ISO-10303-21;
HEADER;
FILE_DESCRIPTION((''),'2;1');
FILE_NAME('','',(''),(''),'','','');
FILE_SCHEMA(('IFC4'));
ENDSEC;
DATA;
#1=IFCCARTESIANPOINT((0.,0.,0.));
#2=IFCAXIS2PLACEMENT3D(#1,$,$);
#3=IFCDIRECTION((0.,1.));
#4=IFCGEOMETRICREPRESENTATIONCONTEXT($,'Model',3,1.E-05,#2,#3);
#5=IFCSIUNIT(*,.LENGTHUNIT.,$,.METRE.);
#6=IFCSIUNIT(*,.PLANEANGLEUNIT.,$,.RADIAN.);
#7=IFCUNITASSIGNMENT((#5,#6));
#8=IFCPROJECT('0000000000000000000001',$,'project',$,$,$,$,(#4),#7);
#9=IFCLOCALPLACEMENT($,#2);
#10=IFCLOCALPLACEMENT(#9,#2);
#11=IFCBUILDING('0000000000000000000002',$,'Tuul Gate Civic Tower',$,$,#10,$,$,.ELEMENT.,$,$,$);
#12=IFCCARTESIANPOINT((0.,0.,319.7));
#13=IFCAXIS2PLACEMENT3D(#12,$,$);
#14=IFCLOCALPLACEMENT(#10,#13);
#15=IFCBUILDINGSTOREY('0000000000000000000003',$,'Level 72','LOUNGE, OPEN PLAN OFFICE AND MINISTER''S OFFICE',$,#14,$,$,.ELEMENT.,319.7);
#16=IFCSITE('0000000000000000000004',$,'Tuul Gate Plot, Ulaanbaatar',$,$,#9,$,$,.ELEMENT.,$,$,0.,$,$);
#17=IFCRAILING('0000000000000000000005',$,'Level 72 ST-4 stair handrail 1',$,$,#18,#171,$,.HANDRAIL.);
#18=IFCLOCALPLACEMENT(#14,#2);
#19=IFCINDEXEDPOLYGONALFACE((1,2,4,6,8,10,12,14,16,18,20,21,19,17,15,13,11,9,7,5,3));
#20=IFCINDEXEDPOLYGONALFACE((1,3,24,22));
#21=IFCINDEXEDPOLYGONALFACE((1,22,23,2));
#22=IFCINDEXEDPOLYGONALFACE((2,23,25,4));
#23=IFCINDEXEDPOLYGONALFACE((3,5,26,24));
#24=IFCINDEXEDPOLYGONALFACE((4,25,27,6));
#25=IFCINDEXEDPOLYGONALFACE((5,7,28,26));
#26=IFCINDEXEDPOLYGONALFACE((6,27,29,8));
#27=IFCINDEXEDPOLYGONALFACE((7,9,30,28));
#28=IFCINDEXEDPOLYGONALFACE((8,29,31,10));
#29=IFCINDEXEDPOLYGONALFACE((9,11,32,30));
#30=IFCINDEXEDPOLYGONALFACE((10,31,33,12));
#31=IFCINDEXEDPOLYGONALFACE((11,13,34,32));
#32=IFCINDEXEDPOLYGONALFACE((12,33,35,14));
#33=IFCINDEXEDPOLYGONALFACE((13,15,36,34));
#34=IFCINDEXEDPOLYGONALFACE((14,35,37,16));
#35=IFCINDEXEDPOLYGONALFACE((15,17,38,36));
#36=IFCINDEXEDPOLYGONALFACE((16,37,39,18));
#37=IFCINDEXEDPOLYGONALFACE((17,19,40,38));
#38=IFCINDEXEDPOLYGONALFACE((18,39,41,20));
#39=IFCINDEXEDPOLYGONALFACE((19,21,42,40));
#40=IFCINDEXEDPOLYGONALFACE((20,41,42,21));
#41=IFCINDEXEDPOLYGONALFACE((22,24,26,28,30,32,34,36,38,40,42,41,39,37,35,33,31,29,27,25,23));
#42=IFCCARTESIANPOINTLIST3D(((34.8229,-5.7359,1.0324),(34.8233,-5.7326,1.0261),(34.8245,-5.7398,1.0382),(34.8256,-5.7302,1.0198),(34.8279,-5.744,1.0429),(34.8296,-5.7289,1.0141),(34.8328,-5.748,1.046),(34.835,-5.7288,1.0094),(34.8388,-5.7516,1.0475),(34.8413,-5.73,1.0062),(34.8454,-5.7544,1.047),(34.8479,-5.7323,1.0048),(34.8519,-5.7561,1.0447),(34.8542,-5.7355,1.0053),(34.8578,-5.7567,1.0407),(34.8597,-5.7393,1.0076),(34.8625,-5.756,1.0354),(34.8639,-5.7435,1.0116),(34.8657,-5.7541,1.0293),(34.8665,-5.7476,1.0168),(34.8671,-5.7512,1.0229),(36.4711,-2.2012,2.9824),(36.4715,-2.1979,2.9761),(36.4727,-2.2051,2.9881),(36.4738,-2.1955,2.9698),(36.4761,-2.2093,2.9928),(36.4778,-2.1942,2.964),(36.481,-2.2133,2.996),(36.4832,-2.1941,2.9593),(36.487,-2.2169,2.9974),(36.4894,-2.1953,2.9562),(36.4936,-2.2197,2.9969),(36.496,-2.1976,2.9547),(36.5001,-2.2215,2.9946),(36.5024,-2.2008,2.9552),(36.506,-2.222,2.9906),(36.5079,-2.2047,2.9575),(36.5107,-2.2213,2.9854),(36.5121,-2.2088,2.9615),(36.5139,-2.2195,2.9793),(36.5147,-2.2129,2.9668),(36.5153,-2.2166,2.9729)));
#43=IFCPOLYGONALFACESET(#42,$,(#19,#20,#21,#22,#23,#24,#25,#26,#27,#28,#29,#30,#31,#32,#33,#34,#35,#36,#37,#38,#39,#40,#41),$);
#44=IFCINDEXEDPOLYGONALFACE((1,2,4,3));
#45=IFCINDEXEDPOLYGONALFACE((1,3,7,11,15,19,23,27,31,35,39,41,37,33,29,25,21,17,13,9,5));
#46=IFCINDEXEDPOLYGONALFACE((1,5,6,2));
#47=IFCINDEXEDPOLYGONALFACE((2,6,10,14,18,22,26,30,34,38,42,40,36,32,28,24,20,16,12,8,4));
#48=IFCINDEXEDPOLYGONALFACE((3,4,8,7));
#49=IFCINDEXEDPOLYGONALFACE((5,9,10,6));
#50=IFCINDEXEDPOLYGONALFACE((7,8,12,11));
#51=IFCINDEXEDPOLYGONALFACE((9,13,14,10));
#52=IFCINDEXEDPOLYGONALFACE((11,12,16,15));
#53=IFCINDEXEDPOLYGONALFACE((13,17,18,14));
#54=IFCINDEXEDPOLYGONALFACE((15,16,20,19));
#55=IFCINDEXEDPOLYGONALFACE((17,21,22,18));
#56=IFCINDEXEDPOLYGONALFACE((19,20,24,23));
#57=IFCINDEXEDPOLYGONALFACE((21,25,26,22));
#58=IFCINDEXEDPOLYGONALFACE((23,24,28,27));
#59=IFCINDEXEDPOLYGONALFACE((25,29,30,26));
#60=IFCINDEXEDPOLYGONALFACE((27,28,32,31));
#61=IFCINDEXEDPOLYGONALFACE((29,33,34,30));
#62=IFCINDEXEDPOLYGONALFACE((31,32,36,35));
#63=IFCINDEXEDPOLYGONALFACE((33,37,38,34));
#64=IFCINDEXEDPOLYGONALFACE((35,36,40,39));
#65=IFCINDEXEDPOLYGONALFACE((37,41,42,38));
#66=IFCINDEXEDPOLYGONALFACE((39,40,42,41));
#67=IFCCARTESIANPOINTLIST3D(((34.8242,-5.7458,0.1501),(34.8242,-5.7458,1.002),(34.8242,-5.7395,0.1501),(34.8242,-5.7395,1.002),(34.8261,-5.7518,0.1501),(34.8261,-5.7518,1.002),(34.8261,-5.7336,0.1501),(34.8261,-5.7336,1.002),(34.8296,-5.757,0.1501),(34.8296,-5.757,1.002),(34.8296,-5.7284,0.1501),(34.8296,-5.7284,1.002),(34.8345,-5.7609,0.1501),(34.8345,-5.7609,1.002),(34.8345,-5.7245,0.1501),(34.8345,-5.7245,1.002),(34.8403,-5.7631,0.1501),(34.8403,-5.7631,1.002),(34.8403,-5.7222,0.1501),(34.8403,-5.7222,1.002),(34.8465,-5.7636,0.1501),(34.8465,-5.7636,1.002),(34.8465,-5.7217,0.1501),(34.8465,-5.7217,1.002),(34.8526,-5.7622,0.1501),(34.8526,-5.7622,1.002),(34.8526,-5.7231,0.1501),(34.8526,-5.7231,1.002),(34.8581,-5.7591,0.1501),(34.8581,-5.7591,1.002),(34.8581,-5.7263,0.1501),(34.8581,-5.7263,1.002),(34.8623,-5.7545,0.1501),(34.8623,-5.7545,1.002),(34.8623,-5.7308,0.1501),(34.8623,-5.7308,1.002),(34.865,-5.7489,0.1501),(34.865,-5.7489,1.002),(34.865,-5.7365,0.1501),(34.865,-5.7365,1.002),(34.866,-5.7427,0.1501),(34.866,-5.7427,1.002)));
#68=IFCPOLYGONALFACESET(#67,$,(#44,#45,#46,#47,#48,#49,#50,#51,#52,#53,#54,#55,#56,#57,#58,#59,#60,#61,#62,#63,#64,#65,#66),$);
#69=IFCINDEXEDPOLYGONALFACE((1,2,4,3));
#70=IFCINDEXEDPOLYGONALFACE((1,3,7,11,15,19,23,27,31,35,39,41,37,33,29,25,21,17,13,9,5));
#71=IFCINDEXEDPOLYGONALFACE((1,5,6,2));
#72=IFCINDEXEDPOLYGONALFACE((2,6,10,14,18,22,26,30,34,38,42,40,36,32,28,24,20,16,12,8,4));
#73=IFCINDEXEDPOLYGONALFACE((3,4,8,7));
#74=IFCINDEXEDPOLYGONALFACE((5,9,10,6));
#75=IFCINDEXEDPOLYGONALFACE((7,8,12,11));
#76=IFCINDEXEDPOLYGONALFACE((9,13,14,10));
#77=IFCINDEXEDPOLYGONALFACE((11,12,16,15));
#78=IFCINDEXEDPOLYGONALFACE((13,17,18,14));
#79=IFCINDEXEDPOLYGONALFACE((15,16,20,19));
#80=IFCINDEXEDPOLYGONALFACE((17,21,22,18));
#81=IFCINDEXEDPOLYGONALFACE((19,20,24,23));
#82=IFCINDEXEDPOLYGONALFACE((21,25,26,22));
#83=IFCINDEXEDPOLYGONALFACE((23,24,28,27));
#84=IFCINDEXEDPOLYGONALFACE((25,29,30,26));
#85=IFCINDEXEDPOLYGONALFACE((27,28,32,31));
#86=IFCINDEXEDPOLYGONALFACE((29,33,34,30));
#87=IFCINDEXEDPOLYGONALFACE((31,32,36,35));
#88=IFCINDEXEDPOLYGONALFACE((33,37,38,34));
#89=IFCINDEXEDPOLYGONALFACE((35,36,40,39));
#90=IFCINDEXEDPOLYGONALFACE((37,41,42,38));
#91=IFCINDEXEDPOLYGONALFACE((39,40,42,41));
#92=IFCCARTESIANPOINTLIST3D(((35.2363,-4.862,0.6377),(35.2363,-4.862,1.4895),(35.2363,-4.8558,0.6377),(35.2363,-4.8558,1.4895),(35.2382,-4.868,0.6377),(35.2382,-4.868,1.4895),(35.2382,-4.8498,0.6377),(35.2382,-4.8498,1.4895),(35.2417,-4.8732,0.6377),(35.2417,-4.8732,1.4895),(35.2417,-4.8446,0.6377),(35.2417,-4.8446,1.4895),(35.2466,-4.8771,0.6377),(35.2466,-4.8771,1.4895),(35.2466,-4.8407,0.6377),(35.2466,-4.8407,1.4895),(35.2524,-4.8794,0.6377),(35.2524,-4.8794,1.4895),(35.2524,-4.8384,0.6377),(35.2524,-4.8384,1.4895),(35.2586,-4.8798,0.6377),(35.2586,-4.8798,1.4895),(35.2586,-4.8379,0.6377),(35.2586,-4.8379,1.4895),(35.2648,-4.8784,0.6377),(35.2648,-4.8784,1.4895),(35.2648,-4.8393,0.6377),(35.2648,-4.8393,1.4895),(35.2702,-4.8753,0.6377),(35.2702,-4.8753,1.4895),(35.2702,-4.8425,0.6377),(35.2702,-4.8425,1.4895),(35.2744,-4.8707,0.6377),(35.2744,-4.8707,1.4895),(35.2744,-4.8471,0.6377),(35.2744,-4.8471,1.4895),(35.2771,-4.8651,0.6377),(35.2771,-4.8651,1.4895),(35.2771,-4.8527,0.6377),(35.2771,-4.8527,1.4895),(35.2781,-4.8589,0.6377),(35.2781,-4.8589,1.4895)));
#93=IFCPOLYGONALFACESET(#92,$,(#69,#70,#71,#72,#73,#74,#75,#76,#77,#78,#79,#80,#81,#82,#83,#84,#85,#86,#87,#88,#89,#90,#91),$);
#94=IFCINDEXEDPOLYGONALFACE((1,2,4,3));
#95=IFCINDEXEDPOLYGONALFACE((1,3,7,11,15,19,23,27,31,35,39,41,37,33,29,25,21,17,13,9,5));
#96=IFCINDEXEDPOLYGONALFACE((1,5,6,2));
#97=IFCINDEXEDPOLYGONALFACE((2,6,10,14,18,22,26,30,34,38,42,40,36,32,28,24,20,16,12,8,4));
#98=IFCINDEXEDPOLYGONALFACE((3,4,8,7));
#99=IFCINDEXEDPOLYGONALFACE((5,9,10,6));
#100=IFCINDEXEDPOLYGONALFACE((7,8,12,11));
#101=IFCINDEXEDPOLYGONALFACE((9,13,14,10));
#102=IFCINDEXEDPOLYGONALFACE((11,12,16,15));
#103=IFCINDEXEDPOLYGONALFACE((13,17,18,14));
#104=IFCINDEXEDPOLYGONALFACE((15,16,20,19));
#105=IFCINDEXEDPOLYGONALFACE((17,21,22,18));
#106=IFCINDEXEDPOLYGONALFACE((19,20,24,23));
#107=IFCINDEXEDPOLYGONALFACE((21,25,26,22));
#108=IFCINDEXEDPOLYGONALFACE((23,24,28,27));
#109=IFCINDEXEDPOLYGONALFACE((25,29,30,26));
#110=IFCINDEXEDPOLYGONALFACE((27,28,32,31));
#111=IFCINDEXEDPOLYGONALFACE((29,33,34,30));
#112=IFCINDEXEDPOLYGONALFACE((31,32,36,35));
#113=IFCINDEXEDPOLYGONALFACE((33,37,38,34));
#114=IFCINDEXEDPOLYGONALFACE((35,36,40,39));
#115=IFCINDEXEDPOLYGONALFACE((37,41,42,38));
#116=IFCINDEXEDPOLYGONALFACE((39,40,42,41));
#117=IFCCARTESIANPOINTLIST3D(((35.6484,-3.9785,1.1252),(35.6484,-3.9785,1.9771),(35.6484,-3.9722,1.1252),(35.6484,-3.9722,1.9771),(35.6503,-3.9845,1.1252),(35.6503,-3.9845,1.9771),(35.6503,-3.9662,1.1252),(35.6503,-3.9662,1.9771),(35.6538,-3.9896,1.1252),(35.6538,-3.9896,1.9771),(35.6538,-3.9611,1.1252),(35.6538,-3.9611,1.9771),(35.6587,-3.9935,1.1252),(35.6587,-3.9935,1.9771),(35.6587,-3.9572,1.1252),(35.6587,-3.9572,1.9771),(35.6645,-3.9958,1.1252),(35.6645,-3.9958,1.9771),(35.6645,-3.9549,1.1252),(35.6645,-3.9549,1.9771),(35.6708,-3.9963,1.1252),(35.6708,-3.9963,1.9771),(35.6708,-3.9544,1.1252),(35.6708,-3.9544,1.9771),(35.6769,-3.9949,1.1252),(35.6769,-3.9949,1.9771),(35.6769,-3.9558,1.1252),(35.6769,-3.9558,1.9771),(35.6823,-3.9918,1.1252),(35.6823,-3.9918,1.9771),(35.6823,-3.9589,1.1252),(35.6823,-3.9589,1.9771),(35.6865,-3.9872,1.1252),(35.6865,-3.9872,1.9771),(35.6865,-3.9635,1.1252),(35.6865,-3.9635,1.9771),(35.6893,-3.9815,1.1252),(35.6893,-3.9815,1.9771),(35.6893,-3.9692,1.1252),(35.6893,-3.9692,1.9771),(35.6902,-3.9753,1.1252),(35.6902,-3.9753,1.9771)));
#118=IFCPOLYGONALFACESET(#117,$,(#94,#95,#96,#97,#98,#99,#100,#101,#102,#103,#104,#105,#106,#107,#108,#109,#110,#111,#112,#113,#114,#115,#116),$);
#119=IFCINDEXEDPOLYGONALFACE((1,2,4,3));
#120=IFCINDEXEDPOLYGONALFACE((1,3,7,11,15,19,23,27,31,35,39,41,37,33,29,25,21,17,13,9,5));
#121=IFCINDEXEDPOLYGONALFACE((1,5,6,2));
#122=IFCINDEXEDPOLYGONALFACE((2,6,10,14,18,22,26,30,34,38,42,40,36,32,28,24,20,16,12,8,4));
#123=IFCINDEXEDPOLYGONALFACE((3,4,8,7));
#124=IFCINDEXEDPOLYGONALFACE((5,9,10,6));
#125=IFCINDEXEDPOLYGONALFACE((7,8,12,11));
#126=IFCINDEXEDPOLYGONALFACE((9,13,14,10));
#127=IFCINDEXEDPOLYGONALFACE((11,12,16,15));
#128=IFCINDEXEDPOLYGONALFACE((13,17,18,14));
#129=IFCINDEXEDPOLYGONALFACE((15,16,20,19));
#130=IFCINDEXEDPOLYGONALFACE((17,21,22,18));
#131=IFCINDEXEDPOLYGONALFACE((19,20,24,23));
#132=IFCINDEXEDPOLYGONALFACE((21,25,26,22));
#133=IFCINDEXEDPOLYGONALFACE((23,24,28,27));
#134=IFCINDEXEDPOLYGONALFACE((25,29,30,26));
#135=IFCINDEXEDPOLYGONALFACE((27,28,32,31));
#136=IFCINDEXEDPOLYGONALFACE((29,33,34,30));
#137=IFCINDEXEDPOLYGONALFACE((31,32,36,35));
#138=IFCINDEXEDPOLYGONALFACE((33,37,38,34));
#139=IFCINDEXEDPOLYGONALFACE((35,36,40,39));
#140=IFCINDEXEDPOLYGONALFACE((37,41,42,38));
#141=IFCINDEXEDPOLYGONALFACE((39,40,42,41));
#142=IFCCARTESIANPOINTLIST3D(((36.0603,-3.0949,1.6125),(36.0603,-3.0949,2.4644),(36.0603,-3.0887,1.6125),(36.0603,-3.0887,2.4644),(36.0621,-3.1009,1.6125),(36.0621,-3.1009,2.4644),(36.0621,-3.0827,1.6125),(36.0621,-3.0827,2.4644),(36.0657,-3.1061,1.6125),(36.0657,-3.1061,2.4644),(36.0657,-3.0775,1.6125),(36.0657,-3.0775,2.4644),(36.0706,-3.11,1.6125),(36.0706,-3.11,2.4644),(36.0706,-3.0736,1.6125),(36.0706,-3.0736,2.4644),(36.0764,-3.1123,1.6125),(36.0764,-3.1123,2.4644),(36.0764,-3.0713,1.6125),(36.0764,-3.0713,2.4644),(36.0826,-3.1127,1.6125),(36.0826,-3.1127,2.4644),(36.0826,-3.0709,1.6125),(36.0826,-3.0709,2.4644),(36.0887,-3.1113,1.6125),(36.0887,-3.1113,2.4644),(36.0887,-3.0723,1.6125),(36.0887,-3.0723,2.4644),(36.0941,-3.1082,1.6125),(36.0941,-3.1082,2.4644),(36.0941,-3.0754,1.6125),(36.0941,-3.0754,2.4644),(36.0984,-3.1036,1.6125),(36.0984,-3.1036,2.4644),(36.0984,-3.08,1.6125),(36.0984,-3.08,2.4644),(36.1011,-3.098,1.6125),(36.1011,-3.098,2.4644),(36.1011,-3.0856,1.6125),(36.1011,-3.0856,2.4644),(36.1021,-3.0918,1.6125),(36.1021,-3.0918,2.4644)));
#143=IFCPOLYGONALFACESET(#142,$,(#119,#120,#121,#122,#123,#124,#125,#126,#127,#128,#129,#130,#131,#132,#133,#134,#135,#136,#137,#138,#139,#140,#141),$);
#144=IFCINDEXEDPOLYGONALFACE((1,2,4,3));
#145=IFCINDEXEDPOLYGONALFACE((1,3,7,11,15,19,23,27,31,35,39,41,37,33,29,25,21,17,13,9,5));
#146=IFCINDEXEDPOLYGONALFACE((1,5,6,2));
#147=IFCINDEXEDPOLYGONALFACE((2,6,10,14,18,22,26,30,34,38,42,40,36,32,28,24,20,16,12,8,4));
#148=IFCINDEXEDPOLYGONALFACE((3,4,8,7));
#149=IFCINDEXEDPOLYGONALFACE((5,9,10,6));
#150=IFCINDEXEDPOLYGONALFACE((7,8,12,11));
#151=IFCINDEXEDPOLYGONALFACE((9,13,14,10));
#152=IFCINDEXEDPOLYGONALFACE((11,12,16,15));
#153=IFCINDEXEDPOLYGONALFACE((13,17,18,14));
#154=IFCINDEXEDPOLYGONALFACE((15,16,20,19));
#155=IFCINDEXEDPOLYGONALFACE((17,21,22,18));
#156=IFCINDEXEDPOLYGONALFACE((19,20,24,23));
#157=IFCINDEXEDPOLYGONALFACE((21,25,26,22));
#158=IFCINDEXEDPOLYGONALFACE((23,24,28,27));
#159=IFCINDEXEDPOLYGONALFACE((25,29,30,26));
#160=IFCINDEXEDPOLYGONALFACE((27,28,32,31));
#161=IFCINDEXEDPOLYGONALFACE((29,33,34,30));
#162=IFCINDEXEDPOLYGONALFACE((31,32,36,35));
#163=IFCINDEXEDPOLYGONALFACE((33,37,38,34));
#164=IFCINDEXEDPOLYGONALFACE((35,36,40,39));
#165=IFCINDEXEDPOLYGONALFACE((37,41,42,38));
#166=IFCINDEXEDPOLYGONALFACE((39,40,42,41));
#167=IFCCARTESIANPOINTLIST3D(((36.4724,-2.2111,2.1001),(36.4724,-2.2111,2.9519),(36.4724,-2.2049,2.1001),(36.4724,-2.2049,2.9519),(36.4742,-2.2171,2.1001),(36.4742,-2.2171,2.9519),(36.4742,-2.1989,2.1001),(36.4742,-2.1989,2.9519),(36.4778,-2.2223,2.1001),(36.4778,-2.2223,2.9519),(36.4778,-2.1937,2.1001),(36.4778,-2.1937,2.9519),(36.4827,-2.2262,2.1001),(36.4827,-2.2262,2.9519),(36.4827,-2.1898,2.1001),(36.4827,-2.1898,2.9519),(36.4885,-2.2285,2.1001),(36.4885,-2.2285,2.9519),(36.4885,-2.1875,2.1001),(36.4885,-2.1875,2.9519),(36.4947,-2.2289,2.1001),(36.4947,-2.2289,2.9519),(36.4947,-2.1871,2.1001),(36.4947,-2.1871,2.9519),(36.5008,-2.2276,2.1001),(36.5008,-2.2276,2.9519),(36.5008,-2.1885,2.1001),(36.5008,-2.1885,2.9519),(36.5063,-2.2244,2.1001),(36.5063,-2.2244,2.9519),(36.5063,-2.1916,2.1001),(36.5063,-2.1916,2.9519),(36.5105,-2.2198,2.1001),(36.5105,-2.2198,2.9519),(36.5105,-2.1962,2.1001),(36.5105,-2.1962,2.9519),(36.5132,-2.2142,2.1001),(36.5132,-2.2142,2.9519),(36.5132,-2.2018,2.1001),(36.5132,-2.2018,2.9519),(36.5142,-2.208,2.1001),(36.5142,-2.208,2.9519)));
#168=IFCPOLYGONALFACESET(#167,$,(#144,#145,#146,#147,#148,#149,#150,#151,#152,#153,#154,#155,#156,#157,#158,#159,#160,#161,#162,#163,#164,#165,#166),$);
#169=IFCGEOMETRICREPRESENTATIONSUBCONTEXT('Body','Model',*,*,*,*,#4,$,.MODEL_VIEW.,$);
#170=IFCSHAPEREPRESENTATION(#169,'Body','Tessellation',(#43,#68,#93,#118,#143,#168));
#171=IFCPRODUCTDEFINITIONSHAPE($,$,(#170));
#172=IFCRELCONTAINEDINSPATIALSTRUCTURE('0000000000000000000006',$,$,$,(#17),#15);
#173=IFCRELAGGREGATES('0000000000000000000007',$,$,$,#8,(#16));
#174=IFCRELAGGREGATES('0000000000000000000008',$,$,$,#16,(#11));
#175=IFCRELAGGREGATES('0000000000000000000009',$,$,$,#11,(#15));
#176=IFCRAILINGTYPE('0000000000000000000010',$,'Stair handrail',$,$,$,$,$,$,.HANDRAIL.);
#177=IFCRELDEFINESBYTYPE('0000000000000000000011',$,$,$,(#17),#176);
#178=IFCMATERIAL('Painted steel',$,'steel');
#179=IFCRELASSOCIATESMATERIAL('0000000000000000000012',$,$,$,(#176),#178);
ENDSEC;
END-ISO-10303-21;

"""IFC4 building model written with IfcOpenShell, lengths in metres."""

from ifc_helpers import new_model, si_unit, direction, frame, origin, origin_2d, place, context, subcontext, project, spatial, circle, extrude, material, type_object, element, save


model = new_model("IFC4")

# Units and contexts
model_context = context("Model", 3, precision=1e-05, world=origin(), true_north=direction((0.0, 1.0)))
body_context = subcontext(model_context, "Body", "Model", "MODEL_VIEW")
ifc_project = project(units=[si_unit("LENGTHUNIT", "METRE"), si_unit("PLANEANGLEUNIT", "RADIAN")], contexts=[model_context])

# Site, building, storey
site_placement = place(None, origin())
site = spatial("IfcSite", under=ifc_project, at=site_placement, Name="Tuul Gate Plot, Ulaanbaatar", CompositionType="ELEMENT", RefElevation=0.0)
building_placement = place(site_placement, origin())
building = spatial("IfcBuilding", under=site, at=building_placement, Name="Tuul Gate Civic Tower", CompositionType="ELEMENT")
storey_placement = place(building_placement, frame((0.0, 0.0, 319.7)))
storey = spatial("IfcBuildingStorey", under=building, at=storey_placement, Name="Level 72", Description="LOUNGE, OPEN PLAN OFFICE AND MINISTER'S OFFICE", CompositionType="ELEMENT", Elevation=319.7)

# Railing
ifc_material_1 = material(Name="Painted steel", Category="steel")
railing_type_1 = type_object("IfcRailingType", Name="Stair handrail", PredefinedType="HANDRAIL", material=ifc_material_1)
railing_1_placement = place(storey_placement, frame((34.845, -5.7427, 0.1501)))
element("IfcRailing", 1, at=railing_1_placement, inside=storey, type_object=railing_type_1, Name="Level 72 ST-4 stair handrail 1", PredefinedType="HANDRAIL", context=body_context, shape_type="SweptSolid", body=[
    extrude(circle(Radius=0.0239, at=origin_2d()), frame((0.0, 0.0, 0.876), z_axis=(0.377995, 0.810637, 0.4472), x_axis=(-0.906313, 0.422608, 0.0)), (0.0, 0.0, 1.0), 4.3604),
    extrude(circle(Radius=0.021, at=origin_2d()), origin(), (0.0, 0.0, 1.0), 0.8518),
    extrude(circle(Radius=0.021, at=origin_2d()), frame((0.4121, 0.8838, 0.4875)), (0.0, 0.0, 1.0), 0.8518),
    extrude(circle(Radius=0.021, at=origin_2d()), frame((0.8242, 1.7673, 0.9751)), (0.0, 0.0, 1.0), 0.8518),
    extrude(circle(Radius=0.021, at=origin_2d()), frame((1.2361, 2.6509, 1.4624)), (0.0, 0.0, 1.0), 0.8518),
    extrude(circle(Radius=0.021, at=origin_2d()), frame((1.6482, 3.5347, 1.95)), (0.0, 0.0, 1.0), 0.8518),
])

save(model, "model.ifc")
